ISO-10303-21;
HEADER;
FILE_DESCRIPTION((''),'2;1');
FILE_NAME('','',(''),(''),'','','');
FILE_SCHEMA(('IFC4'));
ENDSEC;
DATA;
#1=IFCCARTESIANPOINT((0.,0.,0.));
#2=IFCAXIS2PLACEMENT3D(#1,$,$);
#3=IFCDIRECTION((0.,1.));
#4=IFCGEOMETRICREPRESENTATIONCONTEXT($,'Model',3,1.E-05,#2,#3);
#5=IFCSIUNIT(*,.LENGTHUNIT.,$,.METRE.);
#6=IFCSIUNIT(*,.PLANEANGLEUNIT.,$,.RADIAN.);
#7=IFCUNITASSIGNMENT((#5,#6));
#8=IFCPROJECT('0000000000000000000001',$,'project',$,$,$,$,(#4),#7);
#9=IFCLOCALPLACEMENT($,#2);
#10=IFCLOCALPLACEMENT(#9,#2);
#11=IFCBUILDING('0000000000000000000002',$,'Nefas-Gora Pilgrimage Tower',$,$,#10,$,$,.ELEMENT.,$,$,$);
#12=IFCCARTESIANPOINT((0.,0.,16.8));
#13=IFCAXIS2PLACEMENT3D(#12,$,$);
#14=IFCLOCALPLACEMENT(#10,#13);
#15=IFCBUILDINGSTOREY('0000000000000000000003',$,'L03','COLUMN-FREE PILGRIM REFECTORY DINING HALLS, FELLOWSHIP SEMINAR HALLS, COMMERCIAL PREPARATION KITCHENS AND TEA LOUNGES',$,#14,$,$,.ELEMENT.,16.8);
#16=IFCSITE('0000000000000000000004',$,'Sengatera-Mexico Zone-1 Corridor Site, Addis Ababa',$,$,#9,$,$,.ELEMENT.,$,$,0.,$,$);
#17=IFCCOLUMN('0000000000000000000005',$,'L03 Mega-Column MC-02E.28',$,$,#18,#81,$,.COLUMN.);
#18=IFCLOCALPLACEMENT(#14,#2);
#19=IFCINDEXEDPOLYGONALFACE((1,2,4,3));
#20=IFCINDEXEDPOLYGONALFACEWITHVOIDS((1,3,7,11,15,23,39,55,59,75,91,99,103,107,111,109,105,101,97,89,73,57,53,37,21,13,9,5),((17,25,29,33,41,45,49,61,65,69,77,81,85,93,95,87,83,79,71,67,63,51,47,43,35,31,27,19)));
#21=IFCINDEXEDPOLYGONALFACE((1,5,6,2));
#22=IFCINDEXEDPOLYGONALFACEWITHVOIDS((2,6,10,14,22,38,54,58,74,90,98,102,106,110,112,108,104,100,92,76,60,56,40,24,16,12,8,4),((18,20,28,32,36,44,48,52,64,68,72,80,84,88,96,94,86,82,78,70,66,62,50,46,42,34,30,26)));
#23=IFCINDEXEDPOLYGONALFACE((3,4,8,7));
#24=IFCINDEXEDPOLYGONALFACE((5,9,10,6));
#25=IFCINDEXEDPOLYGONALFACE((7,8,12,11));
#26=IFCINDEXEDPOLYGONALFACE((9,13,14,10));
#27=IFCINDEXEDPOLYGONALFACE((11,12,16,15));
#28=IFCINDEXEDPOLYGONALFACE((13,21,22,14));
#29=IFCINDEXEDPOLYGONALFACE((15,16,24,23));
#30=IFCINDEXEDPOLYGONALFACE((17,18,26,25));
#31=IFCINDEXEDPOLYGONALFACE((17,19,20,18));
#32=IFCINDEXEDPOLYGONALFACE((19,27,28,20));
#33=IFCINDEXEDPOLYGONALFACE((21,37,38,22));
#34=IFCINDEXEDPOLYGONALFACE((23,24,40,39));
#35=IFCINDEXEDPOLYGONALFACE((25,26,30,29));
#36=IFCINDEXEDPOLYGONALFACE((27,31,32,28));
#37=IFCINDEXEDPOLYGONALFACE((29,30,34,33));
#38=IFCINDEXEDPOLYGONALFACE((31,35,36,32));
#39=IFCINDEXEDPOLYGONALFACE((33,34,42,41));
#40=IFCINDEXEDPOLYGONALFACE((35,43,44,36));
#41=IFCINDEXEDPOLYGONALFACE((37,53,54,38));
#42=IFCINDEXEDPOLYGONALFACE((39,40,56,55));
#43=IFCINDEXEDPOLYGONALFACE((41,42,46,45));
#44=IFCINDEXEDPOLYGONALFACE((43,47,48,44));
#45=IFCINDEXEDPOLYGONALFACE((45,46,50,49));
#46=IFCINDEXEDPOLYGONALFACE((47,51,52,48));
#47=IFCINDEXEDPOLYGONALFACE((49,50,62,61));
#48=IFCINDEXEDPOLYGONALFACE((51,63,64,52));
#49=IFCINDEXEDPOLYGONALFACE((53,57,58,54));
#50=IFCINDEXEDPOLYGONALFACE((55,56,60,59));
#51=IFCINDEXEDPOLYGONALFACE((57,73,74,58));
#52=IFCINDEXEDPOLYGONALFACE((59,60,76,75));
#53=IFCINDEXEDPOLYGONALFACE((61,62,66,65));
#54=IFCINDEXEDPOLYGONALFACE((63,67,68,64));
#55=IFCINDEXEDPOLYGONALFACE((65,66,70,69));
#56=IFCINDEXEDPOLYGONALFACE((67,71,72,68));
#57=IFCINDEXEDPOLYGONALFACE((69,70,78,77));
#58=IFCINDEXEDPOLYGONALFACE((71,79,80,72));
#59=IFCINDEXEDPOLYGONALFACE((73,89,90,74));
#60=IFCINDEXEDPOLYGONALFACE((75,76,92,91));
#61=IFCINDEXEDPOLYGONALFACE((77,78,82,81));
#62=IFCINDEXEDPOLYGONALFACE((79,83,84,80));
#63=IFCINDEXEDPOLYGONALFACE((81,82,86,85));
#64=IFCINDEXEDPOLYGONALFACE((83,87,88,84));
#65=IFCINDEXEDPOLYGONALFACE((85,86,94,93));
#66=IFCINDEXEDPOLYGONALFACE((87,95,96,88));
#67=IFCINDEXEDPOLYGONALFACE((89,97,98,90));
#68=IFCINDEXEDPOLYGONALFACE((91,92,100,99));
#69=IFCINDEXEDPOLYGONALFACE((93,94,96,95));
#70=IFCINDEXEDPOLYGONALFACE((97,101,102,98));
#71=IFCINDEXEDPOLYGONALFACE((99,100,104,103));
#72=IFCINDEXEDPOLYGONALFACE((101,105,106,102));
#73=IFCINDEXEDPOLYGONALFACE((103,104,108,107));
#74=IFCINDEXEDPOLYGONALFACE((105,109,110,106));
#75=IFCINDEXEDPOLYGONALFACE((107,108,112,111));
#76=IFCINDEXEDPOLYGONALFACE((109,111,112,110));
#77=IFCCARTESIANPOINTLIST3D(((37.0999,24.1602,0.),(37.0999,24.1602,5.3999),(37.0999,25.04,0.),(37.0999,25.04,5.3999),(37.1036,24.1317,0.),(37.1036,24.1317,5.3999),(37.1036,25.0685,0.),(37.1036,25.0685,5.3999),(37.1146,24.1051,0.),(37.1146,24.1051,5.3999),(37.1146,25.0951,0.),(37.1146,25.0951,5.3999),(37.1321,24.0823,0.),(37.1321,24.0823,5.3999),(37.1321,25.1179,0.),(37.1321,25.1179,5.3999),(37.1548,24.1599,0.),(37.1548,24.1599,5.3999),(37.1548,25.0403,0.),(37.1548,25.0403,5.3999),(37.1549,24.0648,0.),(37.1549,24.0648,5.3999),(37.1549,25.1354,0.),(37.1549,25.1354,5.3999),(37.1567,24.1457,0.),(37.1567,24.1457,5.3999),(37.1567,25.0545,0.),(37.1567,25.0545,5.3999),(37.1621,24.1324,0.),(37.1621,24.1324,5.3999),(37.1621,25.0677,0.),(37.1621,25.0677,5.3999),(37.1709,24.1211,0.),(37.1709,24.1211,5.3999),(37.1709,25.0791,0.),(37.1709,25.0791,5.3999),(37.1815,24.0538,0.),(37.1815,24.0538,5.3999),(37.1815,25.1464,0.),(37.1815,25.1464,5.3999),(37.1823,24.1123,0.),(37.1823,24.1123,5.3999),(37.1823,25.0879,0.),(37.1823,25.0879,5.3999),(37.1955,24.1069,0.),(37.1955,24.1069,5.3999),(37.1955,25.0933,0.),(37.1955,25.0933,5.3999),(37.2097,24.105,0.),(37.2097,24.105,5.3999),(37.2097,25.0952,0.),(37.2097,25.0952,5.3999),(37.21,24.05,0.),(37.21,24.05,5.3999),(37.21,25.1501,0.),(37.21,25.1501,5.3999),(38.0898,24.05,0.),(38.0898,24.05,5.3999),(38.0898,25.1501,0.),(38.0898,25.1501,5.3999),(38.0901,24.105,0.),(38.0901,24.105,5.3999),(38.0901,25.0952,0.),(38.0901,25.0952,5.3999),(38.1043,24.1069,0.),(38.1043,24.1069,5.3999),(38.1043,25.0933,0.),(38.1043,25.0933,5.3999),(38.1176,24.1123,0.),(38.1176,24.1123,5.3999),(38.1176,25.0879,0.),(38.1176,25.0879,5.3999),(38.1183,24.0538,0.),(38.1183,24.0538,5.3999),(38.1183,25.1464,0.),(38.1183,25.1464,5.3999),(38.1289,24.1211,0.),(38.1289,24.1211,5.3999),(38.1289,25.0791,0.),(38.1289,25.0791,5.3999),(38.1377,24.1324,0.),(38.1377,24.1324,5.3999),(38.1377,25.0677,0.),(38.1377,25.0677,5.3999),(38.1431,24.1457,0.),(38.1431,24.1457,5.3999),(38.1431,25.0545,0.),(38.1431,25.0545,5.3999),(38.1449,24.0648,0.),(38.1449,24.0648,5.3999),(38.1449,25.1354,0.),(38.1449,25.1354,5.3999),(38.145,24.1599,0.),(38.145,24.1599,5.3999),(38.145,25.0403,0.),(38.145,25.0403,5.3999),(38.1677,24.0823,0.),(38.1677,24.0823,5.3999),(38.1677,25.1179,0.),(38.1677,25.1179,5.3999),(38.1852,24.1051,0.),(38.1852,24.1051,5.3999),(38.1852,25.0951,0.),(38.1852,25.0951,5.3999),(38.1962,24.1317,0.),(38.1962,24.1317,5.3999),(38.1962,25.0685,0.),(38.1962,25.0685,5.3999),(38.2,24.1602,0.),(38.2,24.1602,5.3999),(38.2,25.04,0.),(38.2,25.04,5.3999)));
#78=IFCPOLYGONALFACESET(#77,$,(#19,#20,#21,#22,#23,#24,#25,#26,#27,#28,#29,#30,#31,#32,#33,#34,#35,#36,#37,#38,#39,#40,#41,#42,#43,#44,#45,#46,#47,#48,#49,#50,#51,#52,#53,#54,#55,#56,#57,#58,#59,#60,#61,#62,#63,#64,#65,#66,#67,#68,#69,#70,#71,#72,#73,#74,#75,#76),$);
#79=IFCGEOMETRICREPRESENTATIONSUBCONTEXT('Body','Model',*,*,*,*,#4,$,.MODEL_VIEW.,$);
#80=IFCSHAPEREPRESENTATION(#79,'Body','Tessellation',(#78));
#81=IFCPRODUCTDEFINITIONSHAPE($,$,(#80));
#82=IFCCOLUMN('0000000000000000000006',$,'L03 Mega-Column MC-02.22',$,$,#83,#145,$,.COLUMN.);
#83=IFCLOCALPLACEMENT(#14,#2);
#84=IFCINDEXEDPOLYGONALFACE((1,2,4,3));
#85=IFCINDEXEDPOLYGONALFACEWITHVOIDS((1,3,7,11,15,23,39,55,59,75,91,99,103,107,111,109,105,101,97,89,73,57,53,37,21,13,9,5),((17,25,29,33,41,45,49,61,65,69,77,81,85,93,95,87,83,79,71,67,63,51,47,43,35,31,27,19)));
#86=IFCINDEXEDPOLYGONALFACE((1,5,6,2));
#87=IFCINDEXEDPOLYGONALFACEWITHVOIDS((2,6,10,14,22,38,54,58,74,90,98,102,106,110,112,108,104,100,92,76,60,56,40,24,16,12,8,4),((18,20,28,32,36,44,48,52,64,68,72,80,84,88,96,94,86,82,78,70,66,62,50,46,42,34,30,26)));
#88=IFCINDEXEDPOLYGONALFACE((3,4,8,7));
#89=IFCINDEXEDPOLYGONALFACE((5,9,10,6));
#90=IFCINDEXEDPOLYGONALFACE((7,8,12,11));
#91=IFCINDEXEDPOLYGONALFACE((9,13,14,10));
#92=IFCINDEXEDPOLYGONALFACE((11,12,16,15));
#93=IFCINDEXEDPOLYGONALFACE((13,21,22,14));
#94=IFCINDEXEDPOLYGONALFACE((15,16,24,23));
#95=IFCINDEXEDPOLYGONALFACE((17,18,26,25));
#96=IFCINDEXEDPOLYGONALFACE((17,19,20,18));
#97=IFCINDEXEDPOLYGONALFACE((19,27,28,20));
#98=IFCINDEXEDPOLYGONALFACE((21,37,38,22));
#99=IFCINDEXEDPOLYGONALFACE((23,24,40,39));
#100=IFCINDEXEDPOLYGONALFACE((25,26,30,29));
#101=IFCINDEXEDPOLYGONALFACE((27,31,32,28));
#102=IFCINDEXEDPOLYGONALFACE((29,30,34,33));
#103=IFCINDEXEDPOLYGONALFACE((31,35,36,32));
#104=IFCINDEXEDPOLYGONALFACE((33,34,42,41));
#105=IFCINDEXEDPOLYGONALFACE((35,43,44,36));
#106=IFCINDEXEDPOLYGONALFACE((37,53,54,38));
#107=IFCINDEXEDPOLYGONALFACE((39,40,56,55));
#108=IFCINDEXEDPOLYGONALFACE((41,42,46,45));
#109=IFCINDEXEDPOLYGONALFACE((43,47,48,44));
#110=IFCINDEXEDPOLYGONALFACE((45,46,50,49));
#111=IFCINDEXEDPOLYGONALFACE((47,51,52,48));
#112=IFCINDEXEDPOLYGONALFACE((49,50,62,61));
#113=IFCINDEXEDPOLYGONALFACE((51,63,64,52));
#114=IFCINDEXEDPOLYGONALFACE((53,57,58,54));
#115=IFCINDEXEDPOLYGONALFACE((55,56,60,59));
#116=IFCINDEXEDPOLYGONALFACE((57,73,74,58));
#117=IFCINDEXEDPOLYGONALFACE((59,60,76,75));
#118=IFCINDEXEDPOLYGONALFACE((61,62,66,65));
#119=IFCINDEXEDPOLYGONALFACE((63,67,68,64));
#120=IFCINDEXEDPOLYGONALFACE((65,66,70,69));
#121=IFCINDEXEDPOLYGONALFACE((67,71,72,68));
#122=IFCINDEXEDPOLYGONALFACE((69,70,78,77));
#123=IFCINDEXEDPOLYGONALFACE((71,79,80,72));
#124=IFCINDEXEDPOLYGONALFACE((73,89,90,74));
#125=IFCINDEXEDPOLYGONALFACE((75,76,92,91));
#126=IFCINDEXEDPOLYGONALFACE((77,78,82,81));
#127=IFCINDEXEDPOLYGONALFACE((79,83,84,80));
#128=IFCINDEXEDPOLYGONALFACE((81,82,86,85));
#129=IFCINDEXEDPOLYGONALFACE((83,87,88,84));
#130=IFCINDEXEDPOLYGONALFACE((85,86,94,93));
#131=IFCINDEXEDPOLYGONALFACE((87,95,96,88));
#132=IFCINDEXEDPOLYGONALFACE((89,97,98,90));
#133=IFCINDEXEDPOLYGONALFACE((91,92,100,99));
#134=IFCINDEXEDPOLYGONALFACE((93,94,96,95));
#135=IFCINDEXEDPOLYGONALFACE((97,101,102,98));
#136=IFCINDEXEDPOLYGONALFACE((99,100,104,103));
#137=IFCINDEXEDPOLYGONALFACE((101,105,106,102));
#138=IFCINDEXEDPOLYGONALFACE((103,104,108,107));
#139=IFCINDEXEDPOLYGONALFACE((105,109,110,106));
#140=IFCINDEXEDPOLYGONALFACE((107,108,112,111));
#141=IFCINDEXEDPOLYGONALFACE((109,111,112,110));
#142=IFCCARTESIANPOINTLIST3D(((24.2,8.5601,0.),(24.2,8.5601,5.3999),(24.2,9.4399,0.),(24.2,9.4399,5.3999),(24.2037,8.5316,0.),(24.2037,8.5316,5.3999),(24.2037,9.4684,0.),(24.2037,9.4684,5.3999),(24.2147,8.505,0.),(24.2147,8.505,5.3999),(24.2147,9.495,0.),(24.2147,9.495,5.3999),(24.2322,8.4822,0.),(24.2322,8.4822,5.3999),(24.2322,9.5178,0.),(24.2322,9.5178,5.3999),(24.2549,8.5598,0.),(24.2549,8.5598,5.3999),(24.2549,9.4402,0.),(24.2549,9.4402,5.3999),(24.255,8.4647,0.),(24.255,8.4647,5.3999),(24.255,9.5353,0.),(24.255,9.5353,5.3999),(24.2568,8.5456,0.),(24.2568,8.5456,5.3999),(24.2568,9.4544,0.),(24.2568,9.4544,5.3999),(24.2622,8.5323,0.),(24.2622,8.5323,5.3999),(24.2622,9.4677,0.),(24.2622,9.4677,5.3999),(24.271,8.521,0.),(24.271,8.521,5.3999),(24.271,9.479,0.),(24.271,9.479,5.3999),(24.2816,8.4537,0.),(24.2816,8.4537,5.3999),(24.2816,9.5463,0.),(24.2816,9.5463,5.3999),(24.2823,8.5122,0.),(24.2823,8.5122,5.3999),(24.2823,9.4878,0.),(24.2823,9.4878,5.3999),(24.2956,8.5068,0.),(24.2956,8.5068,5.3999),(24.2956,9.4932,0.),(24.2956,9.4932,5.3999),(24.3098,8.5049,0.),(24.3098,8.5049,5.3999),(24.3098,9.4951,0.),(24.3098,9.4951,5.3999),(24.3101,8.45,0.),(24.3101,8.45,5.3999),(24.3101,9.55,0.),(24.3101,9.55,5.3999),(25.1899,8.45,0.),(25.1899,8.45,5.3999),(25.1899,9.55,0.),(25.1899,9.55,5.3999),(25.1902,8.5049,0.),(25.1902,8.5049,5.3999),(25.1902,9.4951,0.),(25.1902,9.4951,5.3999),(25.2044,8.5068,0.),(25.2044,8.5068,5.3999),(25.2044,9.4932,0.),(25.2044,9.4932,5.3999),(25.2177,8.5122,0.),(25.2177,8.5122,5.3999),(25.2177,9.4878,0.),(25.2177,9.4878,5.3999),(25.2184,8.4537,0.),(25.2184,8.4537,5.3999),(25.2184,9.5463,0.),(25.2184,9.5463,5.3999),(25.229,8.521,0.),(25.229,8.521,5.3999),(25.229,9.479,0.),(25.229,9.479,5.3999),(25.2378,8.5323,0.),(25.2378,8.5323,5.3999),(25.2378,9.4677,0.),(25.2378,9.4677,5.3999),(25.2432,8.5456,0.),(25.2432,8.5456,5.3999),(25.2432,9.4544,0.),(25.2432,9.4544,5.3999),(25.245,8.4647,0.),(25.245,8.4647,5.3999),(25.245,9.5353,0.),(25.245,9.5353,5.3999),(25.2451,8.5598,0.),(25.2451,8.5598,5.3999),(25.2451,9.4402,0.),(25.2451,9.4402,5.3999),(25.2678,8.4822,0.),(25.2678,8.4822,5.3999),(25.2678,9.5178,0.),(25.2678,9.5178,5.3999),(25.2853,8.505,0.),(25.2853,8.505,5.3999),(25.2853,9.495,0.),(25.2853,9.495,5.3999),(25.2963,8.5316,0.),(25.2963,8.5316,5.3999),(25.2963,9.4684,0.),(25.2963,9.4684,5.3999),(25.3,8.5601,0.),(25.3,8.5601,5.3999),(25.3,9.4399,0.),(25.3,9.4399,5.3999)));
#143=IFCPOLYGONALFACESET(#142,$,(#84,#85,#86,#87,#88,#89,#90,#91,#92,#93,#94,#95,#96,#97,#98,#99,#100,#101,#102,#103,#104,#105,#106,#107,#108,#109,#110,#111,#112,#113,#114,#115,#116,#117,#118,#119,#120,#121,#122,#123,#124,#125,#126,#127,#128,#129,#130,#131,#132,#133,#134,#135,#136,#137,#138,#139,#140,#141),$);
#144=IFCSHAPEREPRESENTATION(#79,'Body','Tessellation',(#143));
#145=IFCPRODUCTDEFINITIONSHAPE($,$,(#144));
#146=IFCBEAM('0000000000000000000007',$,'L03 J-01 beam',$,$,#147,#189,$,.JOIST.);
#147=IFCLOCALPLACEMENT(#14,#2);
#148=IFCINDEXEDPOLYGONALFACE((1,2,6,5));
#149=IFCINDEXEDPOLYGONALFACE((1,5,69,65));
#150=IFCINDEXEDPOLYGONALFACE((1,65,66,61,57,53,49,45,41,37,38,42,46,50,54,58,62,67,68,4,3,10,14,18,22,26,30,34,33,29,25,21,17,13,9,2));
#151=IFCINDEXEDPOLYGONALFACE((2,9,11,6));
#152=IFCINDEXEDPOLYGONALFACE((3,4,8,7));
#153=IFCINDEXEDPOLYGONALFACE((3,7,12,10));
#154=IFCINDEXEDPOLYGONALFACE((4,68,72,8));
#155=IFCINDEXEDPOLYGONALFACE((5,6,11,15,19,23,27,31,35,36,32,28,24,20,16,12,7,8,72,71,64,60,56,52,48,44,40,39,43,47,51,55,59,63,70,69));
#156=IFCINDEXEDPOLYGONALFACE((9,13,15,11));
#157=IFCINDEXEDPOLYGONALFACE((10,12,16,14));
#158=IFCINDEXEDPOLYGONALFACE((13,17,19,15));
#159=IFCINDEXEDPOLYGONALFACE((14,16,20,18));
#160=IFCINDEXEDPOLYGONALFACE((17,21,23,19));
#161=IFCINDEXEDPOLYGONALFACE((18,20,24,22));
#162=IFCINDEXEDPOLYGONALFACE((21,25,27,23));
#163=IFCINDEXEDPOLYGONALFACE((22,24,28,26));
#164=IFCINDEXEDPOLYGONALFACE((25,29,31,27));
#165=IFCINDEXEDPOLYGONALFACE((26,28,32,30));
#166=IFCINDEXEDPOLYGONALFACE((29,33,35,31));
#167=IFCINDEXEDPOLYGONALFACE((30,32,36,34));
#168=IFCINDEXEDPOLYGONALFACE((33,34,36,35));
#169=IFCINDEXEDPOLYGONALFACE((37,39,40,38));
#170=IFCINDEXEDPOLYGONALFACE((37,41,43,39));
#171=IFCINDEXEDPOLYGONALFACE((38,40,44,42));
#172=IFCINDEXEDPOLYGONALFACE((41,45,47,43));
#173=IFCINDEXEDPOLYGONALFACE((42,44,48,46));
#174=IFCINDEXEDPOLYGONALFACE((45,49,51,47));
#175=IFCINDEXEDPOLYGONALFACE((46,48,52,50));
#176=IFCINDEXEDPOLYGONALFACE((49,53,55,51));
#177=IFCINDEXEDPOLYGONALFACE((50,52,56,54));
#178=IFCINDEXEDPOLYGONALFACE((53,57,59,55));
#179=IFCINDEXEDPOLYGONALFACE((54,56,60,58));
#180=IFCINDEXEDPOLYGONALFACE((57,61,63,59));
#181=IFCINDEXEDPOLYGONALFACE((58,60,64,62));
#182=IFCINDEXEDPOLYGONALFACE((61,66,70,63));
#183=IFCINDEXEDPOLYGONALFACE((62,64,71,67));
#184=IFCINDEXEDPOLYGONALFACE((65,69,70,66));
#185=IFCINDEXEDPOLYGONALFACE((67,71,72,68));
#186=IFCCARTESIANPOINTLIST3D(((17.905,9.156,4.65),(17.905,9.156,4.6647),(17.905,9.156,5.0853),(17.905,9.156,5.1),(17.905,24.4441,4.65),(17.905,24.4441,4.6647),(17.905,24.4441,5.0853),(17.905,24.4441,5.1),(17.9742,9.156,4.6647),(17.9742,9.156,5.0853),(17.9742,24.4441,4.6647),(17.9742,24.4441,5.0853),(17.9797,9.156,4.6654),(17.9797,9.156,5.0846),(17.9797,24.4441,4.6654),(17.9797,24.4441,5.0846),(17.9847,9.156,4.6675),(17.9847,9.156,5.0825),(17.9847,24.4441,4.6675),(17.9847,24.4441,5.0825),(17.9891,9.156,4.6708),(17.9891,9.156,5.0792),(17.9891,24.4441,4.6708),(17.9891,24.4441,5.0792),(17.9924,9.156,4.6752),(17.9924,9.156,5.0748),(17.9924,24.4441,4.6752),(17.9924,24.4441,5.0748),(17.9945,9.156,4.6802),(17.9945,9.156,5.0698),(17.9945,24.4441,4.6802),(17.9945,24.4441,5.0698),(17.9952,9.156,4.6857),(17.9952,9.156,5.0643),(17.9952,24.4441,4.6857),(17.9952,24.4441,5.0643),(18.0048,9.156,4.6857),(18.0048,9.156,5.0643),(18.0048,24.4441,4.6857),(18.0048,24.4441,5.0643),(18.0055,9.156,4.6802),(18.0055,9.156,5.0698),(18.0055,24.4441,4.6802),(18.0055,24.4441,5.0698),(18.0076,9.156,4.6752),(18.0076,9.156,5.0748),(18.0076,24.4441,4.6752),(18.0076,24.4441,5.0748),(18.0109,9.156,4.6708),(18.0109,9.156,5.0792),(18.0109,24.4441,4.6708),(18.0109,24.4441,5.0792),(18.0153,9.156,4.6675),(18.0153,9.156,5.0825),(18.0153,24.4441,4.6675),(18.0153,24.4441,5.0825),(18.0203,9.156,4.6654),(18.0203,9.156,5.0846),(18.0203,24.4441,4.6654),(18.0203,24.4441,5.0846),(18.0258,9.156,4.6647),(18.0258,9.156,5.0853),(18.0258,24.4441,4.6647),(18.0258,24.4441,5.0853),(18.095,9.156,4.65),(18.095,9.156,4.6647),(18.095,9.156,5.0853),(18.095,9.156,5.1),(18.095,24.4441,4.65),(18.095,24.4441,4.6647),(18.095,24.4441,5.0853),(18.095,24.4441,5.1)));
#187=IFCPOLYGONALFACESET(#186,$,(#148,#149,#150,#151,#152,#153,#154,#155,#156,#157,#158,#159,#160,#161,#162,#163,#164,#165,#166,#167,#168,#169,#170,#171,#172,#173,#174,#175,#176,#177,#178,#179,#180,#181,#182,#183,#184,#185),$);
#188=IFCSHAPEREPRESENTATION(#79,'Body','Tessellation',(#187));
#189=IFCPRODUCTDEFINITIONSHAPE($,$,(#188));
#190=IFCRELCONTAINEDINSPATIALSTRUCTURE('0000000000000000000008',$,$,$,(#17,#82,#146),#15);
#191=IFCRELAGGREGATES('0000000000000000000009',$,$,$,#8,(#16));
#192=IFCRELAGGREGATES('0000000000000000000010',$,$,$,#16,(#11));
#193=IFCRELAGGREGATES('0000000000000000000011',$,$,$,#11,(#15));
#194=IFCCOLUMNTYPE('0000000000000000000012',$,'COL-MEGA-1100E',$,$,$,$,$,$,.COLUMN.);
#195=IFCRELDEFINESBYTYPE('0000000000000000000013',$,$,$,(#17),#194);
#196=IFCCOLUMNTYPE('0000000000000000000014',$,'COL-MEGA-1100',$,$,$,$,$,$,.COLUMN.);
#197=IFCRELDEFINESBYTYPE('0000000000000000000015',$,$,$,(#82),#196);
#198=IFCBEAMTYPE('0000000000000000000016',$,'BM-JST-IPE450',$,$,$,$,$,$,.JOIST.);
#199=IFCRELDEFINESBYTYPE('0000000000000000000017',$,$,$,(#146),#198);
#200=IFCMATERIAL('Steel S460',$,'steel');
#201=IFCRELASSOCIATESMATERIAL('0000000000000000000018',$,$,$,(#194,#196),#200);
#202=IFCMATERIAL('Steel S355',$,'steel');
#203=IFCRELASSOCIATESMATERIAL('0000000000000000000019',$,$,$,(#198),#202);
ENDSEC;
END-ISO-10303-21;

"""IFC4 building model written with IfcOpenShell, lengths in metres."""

from ifc_helpers import new_model, si_unit, direction, frame, origin, origin_2d, place, context, subcontext, project, spatial, hollow_rectangle, i_section, extrude, source, transform, mapped, material, material_profile, profile_set, type_object, element, save


model = new_model("IFC4")

# Units and contexts
model_context = context("Model", 3, precision=1e-05, world=origin(), true_north=direction((0.0, 1.0)))
body_context = subcontext(model_context, "Body", "Model", "MODEL_VIEW")
ifc_project = project(units=[si_unit("LENGTHUNIT", "METRE"), si_unit("PLANEANGLEUNIT", "RADIAN")], contexts=[model_context])

# Site, building, storey
site_placement = place(None, origin())
site = spatial("IfcSite", under=ifc_project, at=site_placement, Name="Sengatera-Mexico Zone-1 Corridor Site, Addis Ababa", CompositionType="ELEMENT", RefElevation=0.0)
building_placement = place(site_placement, origin())
building = spatial("IfcBuilding", under=site, at=building_placement, Name="Nefas-Gora Pilgrimage Tower", CompositionType="ELEMENT")
storey_placement = place(building_placement, frame((0.0, 0.0, 16.8)))
storey = spatial("IfcBuildingStorey", under=building, at=storey_placement, Name="L03", Description="COLUMN-FREE PILGRIM REFECTORY DINING HALLS, FELLOWSHIP SEMINAR HALLS, COMMERCIAL PREPARATION KITCHENS AND TEA LOUNGES", CompositionType="ELEMENT", Elevation=16.8)

# Columns
ifc_material_1 = material(Name="Steel S460", Category="steel")
ifc_material_profile_1 = material_profile(ifc_material_1, hollow_rectangle(XDim=1.1001, YDim=1.1001, WallThickness=0.0549, InnerFilletRadius=0.0549, OuterFilletRadius=0.1101, at=origin_2d()), Name="BOX 1100x1100x55")
ifc_profile_set_1 = profile_set([ifc_material_profile_1], Name="Steel S460")
column_type_1 = type_object("IfcColumnType", Name="COL-MEGA-1100E", PredefinedType="COLUMN", material=ifc_profile_set_1)
shared_shape_1 = source(origin(), body_context, "Body", "SweptSolid", [
    extrude(hollow_rectangle(XDim=1.1001, YDim=1.1001, WallThickness=0.0549, InnerFilletRadius=0.0549, OuterFilletRadius=0.1101, at=origin_2d()), origin(), (0.0, 0.0, 1.0), 5.3999),
])
for number, where, z_axis, x_axis, name in (
    (1, (37.6499, 24.6001, 0.0), (0.0, 0.0, 1.0), (1.0, 0.0, 0.0), "L03 Mega-Column MC-02E.28"),
):
    element("IfcColumn", number, at=place(storey_placement, frame(where, z_axis=z_axis, x_axis=x_axis)), inside=storey, type_object=column_type_1, Name=name, PredefinedType="COLUMN", context=body_context, shape_type="MappedRepresentation", body=[
        mapped(shared_shape_1, transform((0.0, 0.0, 0.0), x_axis=(1.0, 0.0, 0.0), y_axis=(0.0, 1.0, 0.0), z_axis=(0.0, 0.0, 1.0), scale=1.0)),
    ])
ifc_material_profile_2 = material_profile(ifc_material_1, hollow_rectangle(XDim=1.1001, YDim=1.1001, WallThickness=0.0549, InnerFilletRadius=0.0549, OuterFilletRadius=0.1101, at=origin_2d()), Name="BOX 1100x1100x55")
ifc_profile_set_2 = profile_set([ifc_material_profile_2], Name="Steel S460")
column_type_2 = type_object("IfcColumnType", Name="COL-MEGA-1100", PredefinedType="COLUMN", material=ifc_profile_set_2)
shared_shape_2 = source(origin(), body_context, "Body", "SweptSolid", [
    extrude(hollow_rectangle(XDim=1.1001, YDim=1.1001, WallThickness=0.0549, InnerFilletRadius=0.0549, OuterFilletRadius=0.1101, at=origin_2d()), origin(), (0.0, 0.0, 1.0), 5.3999),
])
column_placement = place(storey_placement, frame((24.75, 9.0, 0.0), z_axis=(0.0, 0.0, 1.0), x_axis=(1.0, 0.0, 0.0)))
element("IfcColumn", 2, at=column_placement, inside=storey, type_object=column_type_2, Name="L03 Mega-Column MC-02.22", PredefinedType="COLUMN", context=body_context, shape_type="MappedRepresentation", body=[
    mapped(shared_shape_2, transform((0.0, 0.0, 0.0), x_axis=(1.0, 0.0, 0.0), y_axis=(0.0, 1.0, 0.0), z_axis=(0.0, 0.0, 1.0), scale=1.0)),
])

# Beam
ifc_material_2 = material(Name="Steel S355", Category="steel")
ifc_material_profile_3 = material_profile(ifc_material_2, i_section(OverallWidth=0.1899, OverallDepth=0.45, WebThickness=0.0095, FlangeThickness=0.0146, FilletRadius=0.021, at=origin_2d()), Name="IPE 450")
ifc_profile_set_3 = profile_set([ifc_material_profile_3], Name="Steel S355")
beam_type_1 = type_object("IfcBeamType", Name="BM-JST-IPE450", PredefinedType="JOIST", material=ifc_profile_set_3)
shared_shape_3 = source(origin(), body_context, "Body", "SweptSolid", [
    extrude(i_section(OverallWidth=0.1899, OverallDepth=0.45, WebThickness=0.0095, FlangeThickness=0.0146, FilletRadius=0.021, at=origin_2d()), origin(), (0.0, 0.0, 1.0), 15.2881),
])
beam_1_placement = place(storey_placement, frame((18.0, 9.156, 4.875), z_axis=(0.0, 1.0, 0.0), x_axis=(-1.0, 0.0, 0.0)))
element("IfcBeam", 3, at=beam_1_placement, inside=storey, type_object=beam_type_1, Name="L03 J-01 beam", PredefinedType="JOIST", context=body_context, shape_type="MappedRepresentation", body=[
    mapped(shared_shape_3, transform((0.0, 0.0, 0.0), x_axis=(1.0, 0.0, 0.0), y_axis=(0.0, 1.0, 0.0), z_axis=(0.0, 0.0, 1.0), scale=1.0)),
])

save(model, "model.ifc")
